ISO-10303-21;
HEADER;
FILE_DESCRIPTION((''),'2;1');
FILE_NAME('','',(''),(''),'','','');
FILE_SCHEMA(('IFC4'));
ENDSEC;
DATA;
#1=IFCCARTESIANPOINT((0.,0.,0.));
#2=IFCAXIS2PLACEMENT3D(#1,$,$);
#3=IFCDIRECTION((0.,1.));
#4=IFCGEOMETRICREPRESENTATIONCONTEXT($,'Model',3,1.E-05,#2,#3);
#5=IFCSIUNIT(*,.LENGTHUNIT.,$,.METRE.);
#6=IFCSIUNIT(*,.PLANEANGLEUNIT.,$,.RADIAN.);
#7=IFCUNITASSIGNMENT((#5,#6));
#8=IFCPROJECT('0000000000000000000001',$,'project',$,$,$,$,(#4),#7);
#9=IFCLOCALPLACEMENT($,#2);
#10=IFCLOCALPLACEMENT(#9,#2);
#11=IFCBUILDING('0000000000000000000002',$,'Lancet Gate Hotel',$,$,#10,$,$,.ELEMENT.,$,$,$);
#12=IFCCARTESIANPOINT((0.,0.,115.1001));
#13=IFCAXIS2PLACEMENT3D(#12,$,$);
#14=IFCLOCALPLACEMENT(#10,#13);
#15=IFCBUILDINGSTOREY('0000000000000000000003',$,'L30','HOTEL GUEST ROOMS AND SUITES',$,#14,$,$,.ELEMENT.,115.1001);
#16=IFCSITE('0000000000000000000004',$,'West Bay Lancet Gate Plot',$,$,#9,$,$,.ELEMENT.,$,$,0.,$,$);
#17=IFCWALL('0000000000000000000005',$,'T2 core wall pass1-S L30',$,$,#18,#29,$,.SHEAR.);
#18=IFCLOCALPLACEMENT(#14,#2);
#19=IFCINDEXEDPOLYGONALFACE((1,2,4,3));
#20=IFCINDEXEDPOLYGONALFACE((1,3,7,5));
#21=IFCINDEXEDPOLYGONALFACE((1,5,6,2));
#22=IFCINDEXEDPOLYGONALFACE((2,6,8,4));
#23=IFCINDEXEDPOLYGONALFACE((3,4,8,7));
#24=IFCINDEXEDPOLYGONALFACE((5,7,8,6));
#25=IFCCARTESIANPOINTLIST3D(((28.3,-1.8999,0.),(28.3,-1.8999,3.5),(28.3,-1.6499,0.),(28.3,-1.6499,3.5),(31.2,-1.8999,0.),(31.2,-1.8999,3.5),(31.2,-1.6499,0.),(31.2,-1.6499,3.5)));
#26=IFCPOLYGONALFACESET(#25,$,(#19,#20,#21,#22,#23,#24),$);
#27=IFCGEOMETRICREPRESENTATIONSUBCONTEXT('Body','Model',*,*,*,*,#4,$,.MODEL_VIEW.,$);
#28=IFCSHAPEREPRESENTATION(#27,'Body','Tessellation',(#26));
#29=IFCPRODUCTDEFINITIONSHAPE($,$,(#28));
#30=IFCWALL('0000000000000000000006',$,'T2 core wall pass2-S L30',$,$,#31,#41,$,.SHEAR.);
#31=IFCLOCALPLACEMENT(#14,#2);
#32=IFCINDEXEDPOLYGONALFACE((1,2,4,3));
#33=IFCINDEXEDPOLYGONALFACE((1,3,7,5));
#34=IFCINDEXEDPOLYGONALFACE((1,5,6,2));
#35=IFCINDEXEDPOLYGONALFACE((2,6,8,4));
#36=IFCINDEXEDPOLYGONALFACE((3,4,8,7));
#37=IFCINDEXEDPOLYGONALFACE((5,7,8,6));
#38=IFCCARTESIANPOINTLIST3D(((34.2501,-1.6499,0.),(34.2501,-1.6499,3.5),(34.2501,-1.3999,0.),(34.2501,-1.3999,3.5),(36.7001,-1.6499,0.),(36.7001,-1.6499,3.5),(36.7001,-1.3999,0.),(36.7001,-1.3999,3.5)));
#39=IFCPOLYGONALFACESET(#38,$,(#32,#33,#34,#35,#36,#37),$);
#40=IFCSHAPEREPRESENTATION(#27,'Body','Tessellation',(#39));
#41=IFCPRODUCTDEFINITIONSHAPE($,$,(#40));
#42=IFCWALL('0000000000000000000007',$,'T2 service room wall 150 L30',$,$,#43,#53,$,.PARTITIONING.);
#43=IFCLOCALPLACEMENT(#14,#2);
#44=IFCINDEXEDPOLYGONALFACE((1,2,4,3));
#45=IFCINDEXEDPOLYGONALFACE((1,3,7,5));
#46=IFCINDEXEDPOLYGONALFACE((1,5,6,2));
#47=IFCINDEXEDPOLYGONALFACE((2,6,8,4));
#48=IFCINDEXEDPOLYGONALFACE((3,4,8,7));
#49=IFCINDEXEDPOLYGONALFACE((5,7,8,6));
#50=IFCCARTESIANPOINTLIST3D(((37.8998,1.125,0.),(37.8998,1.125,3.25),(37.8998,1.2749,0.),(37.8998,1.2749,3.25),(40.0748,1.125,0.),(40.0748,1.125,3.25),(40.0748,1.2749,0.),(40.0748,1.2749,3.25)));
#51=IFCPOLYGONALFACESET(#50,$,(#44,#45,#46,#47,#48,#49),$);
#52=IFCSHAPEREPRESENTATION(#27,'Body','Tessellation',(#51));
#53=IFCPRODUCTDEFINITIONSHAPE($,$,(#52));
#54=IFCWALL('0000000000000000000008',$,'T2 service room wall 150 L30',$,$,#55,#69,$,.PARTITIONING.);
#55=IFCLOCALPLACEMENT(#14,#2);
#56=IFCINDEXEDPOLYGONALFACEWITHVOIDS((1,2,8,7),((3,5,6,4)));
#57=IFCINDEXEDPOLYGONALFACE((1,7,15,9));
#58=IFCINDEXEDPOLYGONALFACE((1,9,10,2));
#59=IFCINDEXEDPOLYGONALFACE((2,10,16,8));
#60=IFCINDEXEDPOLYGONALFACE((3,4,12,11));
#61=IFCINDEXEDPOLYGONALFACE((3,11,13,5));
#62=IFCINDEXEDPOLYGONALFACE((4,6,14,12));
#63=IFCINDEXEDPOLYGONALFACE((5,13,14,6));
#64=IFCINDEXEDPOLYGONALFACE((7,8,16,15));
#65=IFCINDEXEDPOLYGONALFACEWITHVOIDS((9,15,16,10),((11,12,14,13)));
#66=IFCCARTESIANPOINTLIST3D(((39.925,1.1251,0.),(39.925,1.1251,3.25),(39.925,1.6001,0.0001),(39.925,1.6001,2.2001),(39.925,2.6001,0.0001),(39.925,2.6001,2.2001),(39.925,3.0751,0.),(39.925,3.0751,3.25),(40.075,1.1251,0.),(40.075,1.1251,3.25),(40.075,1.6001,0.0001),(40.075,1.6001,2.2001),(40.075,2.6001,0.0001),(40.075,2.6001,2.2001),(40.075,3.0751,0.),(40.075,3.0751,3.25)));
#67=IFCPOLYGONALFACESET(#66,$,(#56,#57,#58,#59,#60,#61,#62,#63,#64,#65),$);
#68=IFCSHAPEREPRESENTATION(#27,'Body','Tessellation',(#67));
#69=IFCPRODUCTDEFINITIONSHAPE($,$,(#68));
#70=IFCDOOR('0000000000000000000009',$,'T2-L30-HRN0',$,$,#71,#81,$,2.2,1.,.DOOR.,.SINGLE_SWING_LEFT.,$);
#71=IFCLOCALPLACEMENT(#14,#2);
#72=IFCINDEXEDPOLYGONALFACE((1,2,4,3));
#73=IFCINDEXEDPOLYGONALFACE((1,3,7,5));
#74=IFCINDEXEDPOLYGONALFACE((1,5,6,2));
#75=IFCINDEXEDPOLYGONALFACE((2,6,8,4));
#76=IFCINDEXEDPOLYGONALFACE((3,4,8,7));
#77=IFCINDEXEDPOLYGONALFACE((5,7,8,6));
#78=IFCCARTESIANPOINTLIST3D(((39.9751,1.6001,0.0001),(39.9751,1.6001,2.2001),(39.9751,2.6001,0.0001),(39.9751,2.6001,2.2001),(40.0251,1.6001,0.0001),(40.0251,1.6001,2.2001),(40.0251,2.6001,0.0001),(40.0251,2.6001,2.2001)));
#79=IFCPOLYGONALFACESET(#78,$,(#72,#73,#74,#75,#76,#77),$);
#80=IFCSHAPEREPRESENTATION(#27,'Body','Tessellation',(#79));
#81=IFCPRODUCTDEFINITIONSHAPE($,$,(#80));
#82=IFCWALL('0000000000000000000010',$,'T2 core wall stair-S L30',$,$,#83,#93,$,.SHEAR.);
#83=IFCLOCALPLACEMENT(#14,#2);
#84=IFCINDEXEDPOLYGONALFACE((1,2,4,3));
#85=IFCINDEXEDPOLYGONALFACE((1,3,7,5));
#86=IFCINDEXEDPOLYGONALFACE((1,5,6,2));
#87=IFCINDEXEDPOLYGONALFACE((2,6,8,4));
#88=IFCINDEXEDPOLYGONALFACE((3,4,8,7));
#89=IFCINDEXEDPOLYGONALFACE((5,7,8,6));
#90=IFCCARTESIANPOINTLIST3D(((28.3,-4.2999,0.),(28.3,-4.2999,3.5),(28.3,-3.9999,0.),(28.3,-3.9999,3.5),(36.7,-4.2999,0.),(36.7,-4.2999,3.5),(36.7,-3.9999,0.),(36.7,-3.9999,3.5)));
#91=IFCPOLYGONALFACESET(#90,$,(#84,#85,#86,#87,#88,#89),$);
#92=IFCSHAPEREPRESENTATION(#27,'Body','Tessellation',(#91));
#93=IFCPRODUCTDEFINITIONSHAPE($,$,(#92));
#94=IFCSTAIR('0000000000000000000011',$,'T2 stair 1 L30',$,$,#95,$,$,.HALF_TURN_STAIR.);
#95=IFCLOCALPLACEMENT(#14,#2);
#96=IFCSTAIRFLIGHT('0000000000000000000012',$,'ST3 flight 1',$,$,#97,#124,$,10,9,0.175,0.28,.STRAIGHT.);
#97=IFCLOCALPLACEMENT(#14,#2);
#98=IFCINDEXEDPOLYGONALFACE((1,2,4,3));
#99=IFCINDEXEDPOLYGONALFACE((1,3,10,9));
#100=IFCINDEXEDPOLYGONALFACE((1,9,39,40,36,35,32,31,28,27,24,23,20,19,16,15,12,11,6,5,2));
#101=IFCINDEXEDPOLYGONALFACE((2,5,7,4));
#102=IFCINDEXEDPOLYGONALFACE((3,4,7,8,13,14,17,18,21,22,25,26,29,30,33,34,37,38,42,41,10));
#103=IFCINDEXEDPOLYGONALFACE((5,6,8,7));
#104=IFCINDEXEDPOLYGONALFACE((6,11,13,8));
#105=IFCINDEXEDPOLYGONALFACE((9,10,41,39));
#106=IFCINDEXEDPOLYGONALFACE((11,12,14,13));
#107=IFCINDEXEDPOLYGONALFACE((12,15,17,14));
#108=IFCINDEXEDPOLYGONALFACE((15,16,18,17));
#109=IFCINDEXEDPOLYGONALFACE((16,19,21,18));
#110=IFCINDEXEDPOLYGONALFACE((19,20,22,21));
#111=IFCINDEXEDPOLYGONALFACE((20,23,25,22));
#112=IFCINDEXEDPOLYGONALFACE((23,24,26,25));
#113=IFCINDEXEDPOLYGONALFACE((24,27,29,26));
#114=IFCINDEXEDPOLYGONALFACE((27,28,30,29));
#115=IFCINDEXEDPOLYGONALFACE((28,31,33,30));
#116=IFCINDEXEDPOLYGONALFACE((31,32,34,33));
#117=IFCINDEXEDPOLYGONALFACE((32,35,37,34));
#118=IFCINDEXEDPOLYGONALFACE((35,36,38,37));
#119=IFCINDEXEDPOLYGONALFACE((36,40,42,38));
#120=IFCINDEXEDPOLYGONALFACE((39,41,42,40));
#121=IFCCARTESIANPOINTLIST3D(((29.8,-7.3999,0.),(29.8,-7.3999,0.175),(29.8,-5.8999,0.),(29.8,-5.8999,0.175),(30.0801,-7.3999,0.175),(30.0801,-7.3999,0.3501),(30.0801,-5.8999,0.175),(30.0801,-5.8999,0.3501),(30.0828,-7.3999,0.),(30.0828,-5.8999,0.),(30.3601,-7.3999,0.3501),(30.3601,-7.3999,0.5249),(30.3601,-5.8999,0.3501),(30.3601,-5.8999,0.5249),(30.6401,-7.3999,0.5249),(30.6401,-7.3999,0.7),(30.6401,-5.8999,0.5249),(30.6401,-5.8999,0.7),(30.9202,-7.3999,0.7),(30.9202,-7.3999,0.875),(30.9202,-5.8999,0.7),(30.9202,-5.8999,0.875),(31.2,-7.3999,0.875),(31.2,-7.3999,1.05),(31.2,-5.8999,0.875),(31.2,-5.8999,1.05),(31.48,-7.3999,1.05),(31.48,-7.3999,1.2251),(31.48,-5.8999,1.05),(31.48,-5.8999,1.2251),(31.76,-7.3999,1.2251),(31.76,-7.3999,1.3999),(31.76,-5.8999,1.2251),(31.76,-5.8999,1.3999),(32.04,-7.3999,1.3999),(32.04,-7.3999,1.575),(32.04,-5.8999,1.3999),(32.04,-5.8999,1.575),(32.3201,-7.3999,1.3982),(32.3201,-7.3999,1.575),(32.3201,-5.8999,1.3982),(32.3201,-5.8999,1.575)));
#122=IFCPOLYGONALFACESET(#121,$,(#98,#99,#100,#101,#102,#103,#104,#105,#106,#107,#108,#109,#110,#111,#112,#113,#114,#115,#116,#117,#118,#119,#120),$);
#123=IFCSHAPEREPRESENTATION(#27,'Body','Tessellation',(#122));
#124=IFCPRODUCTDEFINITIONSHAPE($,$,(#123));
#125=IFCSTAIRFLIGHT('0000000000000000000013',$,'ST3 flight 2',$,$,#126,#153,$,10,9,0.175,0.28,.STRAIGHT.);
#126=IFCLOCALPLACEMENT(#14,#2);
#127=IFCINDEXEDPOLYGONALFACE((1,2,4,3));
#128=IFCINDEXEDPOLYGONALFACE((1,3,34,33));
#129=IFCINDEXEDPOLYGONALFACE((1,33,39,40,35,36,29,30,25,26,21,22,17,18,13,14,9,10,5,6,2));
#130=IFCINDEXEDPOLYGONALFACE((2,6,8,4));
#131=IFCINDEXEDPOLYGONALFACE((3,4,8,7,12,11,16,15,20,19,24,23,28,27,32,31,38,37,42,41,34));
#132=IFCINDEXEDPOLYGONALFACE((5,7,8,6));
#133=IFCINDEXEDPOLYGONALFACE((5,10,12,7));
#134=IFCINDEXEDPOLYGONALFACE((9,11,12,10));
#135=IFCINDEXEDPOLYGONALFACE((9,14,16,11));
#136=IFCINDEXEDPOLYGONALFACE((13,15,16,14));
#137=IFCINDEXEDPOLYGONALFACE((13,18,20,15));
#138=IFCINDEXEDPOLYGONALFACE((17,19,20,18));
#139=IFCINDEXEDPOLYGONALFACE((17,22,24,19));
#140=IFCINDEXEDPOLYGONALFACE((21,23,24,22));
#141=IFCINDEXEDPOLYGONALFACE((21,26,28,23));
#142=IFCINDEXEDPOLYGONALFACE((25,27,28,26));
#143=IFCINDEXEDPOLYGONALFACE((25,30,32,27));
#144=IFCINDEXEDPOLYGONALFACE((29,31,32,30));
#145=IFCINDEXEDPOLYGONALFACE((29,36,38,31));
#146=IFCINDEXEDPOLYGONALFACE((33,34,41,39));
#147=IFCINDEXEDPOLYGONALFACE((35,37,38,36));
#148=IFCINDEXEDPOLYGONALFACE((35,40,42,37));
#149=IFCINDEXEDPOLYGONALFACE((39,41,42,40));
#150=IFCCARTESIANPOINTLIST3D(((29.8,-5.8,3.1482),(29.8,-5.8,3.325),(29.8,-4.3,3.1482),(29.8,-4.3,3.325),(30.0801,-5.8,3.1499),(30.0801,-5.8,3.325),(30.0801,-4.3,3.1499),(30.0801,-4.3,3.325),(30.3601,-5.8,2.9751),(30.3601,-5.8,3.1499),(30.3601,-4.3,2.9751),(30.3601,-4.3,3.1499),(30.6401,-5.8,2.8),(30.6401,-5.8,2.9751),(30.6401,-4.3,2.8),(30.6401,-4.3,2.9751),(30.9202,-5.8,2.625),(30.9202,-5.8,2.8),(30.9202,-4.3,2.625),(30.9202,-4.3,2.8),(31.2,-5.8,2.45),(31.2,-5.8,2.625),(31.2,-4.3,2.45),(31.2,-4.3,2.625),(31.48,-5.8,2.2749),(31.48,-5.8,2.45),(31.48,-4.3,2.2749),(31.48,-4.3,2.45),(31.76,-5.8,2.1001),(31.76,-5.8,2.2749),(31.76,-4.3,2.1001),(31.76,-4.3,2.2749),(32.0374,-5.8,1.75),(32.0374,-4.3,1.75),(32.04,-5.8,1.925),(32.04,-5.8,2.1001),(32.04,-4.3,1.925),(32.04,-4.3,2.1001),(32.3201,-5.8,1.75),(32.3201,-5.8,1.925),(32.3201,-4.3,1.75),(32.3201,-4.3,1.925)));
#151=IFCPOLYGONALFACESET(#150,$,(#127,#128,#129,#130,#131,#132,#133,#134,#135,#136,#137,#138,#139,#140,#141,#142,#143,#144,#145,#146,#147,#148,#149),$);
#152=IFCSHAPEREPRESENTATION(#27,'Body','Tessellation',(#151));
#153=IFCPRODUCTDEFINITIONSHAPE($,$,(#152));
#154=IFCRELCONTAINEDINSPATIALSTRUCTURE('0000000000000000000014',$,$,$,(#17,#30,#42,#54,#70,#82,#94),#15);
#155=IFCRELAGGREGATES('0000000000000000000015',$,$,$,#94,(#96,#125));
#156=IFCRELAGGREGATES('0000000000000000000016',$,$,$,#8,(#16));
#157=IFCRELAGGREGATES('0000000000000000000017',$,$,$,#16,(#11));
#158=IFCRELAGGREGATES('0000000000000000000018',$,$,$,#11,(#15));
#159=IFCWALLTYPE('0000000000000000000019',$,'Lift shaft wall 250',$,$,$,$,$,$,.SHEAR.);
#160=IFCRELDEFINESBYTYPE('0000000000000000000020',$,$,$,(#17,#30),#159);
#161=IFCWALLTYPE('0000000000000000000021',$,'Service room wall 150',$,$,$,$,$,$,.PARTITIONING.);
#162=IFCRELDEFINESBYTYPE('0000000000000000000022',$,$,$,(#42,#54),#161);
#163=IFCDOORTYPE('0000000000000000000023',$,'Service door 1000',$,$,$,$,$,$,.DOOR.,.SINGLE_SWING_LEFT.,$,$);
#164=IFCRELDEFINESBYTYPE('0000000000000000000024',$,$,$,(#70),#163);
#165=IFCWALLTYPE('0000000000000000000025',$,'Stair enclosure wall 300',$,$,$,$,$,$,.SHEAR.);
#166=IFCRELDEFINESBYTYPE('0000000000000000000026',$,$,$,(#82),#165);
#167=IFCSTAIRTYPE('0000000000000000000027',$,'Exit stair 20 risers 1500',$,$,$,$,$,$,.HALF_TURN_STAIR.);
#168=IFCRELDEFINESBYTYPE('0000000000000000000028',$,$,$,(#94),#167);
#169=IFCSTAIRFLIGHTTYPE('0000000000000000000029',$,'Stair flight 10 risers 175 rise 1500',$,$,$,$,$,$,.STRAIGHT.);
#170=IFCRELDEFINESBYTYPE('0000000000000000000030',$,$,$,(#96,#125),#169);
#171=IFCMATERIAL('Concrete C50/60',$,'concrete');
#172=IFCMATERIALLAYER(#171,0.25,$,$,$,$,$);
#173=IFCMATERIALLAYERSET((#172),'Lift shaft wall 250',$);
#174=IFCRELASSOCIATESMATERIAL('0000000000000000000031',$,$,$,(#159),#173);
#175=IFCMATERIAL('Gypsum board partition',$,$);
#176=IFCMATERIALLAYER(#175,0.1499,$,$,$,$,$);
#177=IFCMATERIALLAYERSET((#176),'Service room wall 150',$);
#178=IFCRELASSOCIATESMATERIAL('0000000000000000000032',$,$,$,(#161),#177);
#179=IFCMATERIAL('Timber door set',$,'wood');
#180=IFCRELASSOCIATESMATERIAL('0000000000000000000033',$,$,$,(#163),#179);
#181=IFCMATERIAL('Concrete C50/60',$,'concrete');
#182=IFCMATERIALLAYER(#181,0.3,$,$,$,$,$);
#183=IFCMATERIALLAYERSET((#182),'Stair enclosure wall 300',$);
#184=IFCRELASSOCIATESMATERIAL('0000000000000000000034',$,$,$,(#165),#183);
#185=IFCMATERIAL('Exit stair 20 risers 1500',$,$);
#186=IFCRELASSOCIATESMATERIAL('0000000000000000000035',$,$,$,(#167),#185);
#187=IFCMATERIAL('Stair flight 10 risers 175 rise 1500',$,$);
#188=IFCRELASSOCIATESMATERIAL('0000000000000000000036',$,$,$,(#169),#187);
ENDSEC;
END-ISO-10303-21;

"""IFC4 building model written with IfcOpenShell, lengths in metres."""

from ifc_helpers import new_model, si_unit, direction, frame, frame_2d, origin, place, context, subcontext, project, spatial, polyline, rectangle, outline, extrude, material, layer, layer_set, type_object, element, fill, aggregate, save


model = new_model("IFC4")

# Units and contexts
model_context = context("Model", 3, precision=1e-05, world=origin(), true_north=direction((0.0, 1.0)))
body_context = subcontext(model_context, "Body", "Model", "MODEL_VIEW")
ifc_project = project(units=[si_unit("LENGTHUNIT", "METRE"), si_unit("PLANEANGLEUNIT", "RADIAN")], contexts=[model_context])

# Site, building, storey
site_placement = place(None, origin())
site = spatial("IfcSite", under=ifc_project, at=site_placement, Name="West Bay Lancet Gate Plot", CompositionType="ELEMENT", RefElevation=0.0)
building_placement = place(site_placement, origin())
building = spatial("IfcBuilding", under=site, at=building_placement, Name="Lancet Gate Hotel", CompositionType="ELEMENT")
storey_placement = place(building_placement, frame((0.0, 0.0, 115.1001)))
storey = spatial("IfcBuildingStorey", under=building, at=storey_placement, Name="L30", Description="HOTEL GUEST ROOMS AND SUITES", CompositionType="ELEMENT", Elevation=115.1001)

# Shared definitions
ifc_material_1 = material(Name="Concrete C50/60", Category="concrete")
ifc_layer_1 = layer(ifc_material_1, 0.25)
ifc_layer_set_1 = layer_set([ifc_layer_1], Name="Lift shaft wall 250")
wall_type_1 = type_object("IfcWallType", Name="Lift shaft wall 250", PredefinedType="SHEAR", material=ifc_layer_set_1)

# Walls
wall_1_placement = place(storey_placement, frame((28.3, -1.7749, 0.0), z_axis=(0.0, 0.0, 1.0), x_axis=(1.0, 0.0, 0.0)))
element("IfcWall", 1, at=wall_1_placement, inside=storey, type_object=wall_type_1, Name="T2 core wall pass1-S L30", PredefinedType="SHEAR", context=body_context, shape_type="SweptSolid", body=[
    extrude(rectangle(XDim=2.8999, YDim=0.25, at=frame_2d((1.45, 0.0))), origin(), (0.0, 0.0, 1.0), 3.5),
])
wall_2_placement = place(storey_placement, frame((34.25, -1.5249, 0.0), z_axis=(0.0, 0.0, 1.0), x_axis=(1.0, 0.0, 0.0)))
element("IfcWall", 2, at=wall_2_placement, inside=storey, type_object=wall_type_1, Name="T2 core wall pass2-S L30", PredefinedType="SHEAR", context=body_context, shape_type="SweptSolid", body=[
    extrude(rectangle(XDim=2.45, YDim=0.25, at=frame_2d((1.2251, 0.0))), origin(), (0.0, 0.0, 1.0), 3.5),
])
ifc_material_2 = material(Name="Gypsum board partition")
ifc_layer_2 = layer(ifc_material_2, 0.1499)
ifc_layer_set_2 = layer_set([ifc_layer_2], Name="Service room wall 150")
wall_type_2 = type_object("IfcWallType", Name="Service room wall 150", PredefinedType="PARTITIONING", material=ifc_layer_set_2)
wall_3_placement = place(storey_placement, frame((37.8999, 1.2, 0.0), z_axis=(0.0, 0.0, 1.0), x_axis=(1.0, 0.0, 0.0)))
element("IfcWall", 3, at=wall_3_placement, inside=storey, type_object=wall_type_2, Name="T2 service room wall 150 L30", PredefinedType="PARTITIONING", context=body_context, shape_type="SweptSolid", body=[
    extrude(rectangle(XDim=2.175, YDim=0.1499, at=frame_2d((1.0874, 0.0))), origin(), (0.0, 0.0, 1.0), 3.25),
])

# Wall, opening, door
wall_4_placement = place(storey_placement, frame((40.0, 1.125, 0.0), z_axis=(0.0, 0.0, 1.0), x_axis=(0.0, 1.0, 0.0)))
wall_4 = element("IfcWall", 4, at=wall_4_placement, inside=storey, type_object=wall_type_2, Name="T2 service room wall 150 L30", PredefinedType="PARTITIONING", context=body_context, shape_type="SweptSolid", body=[
    extrude(rectangle(XDim=1.95, YDim=0.1499, at=frame_2d((0.9751, 0.0))), origin(), (0.0, 0.0, 1.0), 3.25),
])
opening_1_placement = place(wall_4_placement, frame((0.4751, 0.0, 0.0)))
opening_1 = element("IfcOpeningElement", 5, at=opening_1_placement, cuts=wall_4, PredefinedType="OPENING", context=body_context, shape_type="SweptSolid", body=[
    extrude(rectangle(XDim=1.0, YDim=2.2, at=frame_2d((0.5, 1.1001))), frame((0.0, 0.085, 0.0), z_axis=(0.0, -1.0, 0.0), x_axis=(1.0, 0.0, 0.0)), (0.0, 0.0, 1.0), 0.1699),
])
ifc_material_3 = material(Name="Timber door set", Category="wood")
door_type_1 = type_object("IfcDoorType", Name="Service door 1000", OperationType="SINGLE_SWING_LEFT", PredefinedType="DOOR", material=ifc_material_3)
door_1_placement = place(opening_1_placement, origin())
door_1 = element("IfcDoor", 6, at=door_1_placement, inside=storey, type_object=door_type_1, Name="T2-L30-HRN0", OperationType="SINGLE_SWING_LEFT", OverallHeight=2.2, OverallWidth=1.0, PredefinedType="DOOR", context=body_context, shape_type="SweptSolid", body=[
    extrude(rectangle(XDim=1.0, YDim=2.2, at=frame_2d((0.5, 1.1001))), frame((0.0, 0.0249, 0.0), z_axis=(0.0, -1.0, 0.0), x_axis=(1.0, 0.0, 0.0)), (0.0, 0.0, 1.0), 0.05),
])
fill(opening_1, door_1)

# Wall
ifc_material_4 = material(Name="Concrete C50/60", Category="concrete")
ifc_layer_3 = layer(ifc_material_4, 0.3)
ifc_layer_set_3 = layer_set([ifc_layer_3], Name="Stair enclosure wall 300")
wall_type_3 = type_object("IfcWallType", Name="Stair enclosure wall 300", PredefinedType="SHEAR", material=ifc_layer_set_3)
wall_5_placement = place(storey_placement, frame((28.3, -4.1499, 0.0), z_axis=(0.0, 0.0, 1.0), x_axis=(1.0, 0.0, 0.0)))
element("IfcWall", 7, at=wall_5_placement, inside=storey, type_object=wall_type_3, Name="T2 core wall stair-S L30", PredefinedType="SHEAR", context=body_context, shape_type="SweptSolid", body=[
    extrude(rectangle(XDim=8.3999, YDim=0.3, at=frame_2d((4.2, 0.0))), origin(), (0.0, 0.0, 1.0), 3.5),
])

# Stair, stair flights
ifc_material_5 = material(Name="Exit stair 20 risers 1500")
stair_type = type_object("IfcStairType", Name="Exit stair 20 risers 1500", PredefinedType="HALF_TURN_STAIR", material=ifc_material_5)
stair_placement = place(storey_placement, origin())
stair = element("IfcStair", 8, at=stair_placement, inside=storey, type_object=stair_type, Name="T2 stair 1 L30", PredefinedType="HALF_TURN_STAIR")
ifc_material_6 = material(Name="Stair flight 10 risers 175 rise 1500")
stair_flight_type = type_object("IfcStairFlightType", Name="Stair flight 10 risers 175 rise 1500", PredefinedType="STRAIGHT", material=ifc_material_6)
stair_flight_1_placement = place(storey_placement, frame((29.8, -6.6499, 0.0), z_axis=(0.0, 0.0, 1.0), x_axis=(1.0, 0.0, 0.0)))
stair_flight_1 = element("IfcStairFlight", 9, at=stair_flight_1_placement, type_object=stair_flight_type, Name="ST3 flight 1", NumberOfRisers=10, NumberOfTreads=9, PredefinedType="STRAIGHT", RiserHeight=0.175, TreadLength=0.28, context=body_context, shape_type="SweptSolid", body=[
    extrude(outline(polyline([(0.0, 0.0), (0.0, 0.175), (0.28, 0.175), (0.28, 0.3501), (0.5601, 0.3501), (0.5601, 0.5249), (0.8401, 0.5249), (0.8401, 0.7), (1.1201, 0.7), (1.1201, 0.875), (1.3999, 0.875), (1.3999, 1.05), (1.6799, 1.05), (1.6799, 1.2251), (1.96, 1.2251), (1.96, 1.3999), (2.24, 1.3999), (2.24, 1.575), (2.52, 1.575), (2.52, 1.75), (2.52, 1.3982), (0.2827, 0.0), (0.0, 0.0)])), frame((0.0, 0.75, 0.0), z_axis=(0.0, -1.0, 0.0), x_axis=(1.0, 0.0, 0.0)), (0.0, 0.0, 1.0), 1.5),
])
stair_flight_2_placement = place(storey_placement, frame((32.3201, -5.05, 1.75), z_axis=(0.0, 0.0, 1.0), x_axis=(-1.0, 0.0, 0.0)))
stair_flight_2 = element("IfcStairFlight", 10, at=stair_flight_2_placement, type_object=stair_flight_type, Name="ST3 flight 2", NumberOfRisers=10, NumberOfTreads=9, PredefinedType="STRAIGHT", RiserHeight=0.175, TreadLength=0.28, context=body_context, shape_type="SweptSolid", body=[
    extrude(outline(polyline([(0.0, 0.0), (0.0, 0.175), (0.28, 0.175), (0.28, 0.3501), (0.5601, 0.3501), (0.5601, 0.5249), (0.8401, 0.5249), (0.8401, 0.7), (1.1201, 0.7), (1.1201, 0.875), (1.3999, 0.875), (1.3999, 1.05), (1.6799, 1.05), (1.6799, 1.2251), (1.96, 1.2251), (1.96, 1.3999), (2.24, 1.3999), (2.24, 1.575), (2.52, 1.575), (2.52, 1.75), (2.52, 1.3982), (0.2827, 0.0), (0.0, 0.0)])), frame((0.0, 0.75, 0.0), z_axis=(0.0, -1.0, 0.0), x_axis=(1.0, 0.0, 0.0)), (0.0, 0.0, 1.0), 1.5),
])
aggregate(stair, [stair_flight_1, stair_flight_2])

save(model, "model.ifc")
